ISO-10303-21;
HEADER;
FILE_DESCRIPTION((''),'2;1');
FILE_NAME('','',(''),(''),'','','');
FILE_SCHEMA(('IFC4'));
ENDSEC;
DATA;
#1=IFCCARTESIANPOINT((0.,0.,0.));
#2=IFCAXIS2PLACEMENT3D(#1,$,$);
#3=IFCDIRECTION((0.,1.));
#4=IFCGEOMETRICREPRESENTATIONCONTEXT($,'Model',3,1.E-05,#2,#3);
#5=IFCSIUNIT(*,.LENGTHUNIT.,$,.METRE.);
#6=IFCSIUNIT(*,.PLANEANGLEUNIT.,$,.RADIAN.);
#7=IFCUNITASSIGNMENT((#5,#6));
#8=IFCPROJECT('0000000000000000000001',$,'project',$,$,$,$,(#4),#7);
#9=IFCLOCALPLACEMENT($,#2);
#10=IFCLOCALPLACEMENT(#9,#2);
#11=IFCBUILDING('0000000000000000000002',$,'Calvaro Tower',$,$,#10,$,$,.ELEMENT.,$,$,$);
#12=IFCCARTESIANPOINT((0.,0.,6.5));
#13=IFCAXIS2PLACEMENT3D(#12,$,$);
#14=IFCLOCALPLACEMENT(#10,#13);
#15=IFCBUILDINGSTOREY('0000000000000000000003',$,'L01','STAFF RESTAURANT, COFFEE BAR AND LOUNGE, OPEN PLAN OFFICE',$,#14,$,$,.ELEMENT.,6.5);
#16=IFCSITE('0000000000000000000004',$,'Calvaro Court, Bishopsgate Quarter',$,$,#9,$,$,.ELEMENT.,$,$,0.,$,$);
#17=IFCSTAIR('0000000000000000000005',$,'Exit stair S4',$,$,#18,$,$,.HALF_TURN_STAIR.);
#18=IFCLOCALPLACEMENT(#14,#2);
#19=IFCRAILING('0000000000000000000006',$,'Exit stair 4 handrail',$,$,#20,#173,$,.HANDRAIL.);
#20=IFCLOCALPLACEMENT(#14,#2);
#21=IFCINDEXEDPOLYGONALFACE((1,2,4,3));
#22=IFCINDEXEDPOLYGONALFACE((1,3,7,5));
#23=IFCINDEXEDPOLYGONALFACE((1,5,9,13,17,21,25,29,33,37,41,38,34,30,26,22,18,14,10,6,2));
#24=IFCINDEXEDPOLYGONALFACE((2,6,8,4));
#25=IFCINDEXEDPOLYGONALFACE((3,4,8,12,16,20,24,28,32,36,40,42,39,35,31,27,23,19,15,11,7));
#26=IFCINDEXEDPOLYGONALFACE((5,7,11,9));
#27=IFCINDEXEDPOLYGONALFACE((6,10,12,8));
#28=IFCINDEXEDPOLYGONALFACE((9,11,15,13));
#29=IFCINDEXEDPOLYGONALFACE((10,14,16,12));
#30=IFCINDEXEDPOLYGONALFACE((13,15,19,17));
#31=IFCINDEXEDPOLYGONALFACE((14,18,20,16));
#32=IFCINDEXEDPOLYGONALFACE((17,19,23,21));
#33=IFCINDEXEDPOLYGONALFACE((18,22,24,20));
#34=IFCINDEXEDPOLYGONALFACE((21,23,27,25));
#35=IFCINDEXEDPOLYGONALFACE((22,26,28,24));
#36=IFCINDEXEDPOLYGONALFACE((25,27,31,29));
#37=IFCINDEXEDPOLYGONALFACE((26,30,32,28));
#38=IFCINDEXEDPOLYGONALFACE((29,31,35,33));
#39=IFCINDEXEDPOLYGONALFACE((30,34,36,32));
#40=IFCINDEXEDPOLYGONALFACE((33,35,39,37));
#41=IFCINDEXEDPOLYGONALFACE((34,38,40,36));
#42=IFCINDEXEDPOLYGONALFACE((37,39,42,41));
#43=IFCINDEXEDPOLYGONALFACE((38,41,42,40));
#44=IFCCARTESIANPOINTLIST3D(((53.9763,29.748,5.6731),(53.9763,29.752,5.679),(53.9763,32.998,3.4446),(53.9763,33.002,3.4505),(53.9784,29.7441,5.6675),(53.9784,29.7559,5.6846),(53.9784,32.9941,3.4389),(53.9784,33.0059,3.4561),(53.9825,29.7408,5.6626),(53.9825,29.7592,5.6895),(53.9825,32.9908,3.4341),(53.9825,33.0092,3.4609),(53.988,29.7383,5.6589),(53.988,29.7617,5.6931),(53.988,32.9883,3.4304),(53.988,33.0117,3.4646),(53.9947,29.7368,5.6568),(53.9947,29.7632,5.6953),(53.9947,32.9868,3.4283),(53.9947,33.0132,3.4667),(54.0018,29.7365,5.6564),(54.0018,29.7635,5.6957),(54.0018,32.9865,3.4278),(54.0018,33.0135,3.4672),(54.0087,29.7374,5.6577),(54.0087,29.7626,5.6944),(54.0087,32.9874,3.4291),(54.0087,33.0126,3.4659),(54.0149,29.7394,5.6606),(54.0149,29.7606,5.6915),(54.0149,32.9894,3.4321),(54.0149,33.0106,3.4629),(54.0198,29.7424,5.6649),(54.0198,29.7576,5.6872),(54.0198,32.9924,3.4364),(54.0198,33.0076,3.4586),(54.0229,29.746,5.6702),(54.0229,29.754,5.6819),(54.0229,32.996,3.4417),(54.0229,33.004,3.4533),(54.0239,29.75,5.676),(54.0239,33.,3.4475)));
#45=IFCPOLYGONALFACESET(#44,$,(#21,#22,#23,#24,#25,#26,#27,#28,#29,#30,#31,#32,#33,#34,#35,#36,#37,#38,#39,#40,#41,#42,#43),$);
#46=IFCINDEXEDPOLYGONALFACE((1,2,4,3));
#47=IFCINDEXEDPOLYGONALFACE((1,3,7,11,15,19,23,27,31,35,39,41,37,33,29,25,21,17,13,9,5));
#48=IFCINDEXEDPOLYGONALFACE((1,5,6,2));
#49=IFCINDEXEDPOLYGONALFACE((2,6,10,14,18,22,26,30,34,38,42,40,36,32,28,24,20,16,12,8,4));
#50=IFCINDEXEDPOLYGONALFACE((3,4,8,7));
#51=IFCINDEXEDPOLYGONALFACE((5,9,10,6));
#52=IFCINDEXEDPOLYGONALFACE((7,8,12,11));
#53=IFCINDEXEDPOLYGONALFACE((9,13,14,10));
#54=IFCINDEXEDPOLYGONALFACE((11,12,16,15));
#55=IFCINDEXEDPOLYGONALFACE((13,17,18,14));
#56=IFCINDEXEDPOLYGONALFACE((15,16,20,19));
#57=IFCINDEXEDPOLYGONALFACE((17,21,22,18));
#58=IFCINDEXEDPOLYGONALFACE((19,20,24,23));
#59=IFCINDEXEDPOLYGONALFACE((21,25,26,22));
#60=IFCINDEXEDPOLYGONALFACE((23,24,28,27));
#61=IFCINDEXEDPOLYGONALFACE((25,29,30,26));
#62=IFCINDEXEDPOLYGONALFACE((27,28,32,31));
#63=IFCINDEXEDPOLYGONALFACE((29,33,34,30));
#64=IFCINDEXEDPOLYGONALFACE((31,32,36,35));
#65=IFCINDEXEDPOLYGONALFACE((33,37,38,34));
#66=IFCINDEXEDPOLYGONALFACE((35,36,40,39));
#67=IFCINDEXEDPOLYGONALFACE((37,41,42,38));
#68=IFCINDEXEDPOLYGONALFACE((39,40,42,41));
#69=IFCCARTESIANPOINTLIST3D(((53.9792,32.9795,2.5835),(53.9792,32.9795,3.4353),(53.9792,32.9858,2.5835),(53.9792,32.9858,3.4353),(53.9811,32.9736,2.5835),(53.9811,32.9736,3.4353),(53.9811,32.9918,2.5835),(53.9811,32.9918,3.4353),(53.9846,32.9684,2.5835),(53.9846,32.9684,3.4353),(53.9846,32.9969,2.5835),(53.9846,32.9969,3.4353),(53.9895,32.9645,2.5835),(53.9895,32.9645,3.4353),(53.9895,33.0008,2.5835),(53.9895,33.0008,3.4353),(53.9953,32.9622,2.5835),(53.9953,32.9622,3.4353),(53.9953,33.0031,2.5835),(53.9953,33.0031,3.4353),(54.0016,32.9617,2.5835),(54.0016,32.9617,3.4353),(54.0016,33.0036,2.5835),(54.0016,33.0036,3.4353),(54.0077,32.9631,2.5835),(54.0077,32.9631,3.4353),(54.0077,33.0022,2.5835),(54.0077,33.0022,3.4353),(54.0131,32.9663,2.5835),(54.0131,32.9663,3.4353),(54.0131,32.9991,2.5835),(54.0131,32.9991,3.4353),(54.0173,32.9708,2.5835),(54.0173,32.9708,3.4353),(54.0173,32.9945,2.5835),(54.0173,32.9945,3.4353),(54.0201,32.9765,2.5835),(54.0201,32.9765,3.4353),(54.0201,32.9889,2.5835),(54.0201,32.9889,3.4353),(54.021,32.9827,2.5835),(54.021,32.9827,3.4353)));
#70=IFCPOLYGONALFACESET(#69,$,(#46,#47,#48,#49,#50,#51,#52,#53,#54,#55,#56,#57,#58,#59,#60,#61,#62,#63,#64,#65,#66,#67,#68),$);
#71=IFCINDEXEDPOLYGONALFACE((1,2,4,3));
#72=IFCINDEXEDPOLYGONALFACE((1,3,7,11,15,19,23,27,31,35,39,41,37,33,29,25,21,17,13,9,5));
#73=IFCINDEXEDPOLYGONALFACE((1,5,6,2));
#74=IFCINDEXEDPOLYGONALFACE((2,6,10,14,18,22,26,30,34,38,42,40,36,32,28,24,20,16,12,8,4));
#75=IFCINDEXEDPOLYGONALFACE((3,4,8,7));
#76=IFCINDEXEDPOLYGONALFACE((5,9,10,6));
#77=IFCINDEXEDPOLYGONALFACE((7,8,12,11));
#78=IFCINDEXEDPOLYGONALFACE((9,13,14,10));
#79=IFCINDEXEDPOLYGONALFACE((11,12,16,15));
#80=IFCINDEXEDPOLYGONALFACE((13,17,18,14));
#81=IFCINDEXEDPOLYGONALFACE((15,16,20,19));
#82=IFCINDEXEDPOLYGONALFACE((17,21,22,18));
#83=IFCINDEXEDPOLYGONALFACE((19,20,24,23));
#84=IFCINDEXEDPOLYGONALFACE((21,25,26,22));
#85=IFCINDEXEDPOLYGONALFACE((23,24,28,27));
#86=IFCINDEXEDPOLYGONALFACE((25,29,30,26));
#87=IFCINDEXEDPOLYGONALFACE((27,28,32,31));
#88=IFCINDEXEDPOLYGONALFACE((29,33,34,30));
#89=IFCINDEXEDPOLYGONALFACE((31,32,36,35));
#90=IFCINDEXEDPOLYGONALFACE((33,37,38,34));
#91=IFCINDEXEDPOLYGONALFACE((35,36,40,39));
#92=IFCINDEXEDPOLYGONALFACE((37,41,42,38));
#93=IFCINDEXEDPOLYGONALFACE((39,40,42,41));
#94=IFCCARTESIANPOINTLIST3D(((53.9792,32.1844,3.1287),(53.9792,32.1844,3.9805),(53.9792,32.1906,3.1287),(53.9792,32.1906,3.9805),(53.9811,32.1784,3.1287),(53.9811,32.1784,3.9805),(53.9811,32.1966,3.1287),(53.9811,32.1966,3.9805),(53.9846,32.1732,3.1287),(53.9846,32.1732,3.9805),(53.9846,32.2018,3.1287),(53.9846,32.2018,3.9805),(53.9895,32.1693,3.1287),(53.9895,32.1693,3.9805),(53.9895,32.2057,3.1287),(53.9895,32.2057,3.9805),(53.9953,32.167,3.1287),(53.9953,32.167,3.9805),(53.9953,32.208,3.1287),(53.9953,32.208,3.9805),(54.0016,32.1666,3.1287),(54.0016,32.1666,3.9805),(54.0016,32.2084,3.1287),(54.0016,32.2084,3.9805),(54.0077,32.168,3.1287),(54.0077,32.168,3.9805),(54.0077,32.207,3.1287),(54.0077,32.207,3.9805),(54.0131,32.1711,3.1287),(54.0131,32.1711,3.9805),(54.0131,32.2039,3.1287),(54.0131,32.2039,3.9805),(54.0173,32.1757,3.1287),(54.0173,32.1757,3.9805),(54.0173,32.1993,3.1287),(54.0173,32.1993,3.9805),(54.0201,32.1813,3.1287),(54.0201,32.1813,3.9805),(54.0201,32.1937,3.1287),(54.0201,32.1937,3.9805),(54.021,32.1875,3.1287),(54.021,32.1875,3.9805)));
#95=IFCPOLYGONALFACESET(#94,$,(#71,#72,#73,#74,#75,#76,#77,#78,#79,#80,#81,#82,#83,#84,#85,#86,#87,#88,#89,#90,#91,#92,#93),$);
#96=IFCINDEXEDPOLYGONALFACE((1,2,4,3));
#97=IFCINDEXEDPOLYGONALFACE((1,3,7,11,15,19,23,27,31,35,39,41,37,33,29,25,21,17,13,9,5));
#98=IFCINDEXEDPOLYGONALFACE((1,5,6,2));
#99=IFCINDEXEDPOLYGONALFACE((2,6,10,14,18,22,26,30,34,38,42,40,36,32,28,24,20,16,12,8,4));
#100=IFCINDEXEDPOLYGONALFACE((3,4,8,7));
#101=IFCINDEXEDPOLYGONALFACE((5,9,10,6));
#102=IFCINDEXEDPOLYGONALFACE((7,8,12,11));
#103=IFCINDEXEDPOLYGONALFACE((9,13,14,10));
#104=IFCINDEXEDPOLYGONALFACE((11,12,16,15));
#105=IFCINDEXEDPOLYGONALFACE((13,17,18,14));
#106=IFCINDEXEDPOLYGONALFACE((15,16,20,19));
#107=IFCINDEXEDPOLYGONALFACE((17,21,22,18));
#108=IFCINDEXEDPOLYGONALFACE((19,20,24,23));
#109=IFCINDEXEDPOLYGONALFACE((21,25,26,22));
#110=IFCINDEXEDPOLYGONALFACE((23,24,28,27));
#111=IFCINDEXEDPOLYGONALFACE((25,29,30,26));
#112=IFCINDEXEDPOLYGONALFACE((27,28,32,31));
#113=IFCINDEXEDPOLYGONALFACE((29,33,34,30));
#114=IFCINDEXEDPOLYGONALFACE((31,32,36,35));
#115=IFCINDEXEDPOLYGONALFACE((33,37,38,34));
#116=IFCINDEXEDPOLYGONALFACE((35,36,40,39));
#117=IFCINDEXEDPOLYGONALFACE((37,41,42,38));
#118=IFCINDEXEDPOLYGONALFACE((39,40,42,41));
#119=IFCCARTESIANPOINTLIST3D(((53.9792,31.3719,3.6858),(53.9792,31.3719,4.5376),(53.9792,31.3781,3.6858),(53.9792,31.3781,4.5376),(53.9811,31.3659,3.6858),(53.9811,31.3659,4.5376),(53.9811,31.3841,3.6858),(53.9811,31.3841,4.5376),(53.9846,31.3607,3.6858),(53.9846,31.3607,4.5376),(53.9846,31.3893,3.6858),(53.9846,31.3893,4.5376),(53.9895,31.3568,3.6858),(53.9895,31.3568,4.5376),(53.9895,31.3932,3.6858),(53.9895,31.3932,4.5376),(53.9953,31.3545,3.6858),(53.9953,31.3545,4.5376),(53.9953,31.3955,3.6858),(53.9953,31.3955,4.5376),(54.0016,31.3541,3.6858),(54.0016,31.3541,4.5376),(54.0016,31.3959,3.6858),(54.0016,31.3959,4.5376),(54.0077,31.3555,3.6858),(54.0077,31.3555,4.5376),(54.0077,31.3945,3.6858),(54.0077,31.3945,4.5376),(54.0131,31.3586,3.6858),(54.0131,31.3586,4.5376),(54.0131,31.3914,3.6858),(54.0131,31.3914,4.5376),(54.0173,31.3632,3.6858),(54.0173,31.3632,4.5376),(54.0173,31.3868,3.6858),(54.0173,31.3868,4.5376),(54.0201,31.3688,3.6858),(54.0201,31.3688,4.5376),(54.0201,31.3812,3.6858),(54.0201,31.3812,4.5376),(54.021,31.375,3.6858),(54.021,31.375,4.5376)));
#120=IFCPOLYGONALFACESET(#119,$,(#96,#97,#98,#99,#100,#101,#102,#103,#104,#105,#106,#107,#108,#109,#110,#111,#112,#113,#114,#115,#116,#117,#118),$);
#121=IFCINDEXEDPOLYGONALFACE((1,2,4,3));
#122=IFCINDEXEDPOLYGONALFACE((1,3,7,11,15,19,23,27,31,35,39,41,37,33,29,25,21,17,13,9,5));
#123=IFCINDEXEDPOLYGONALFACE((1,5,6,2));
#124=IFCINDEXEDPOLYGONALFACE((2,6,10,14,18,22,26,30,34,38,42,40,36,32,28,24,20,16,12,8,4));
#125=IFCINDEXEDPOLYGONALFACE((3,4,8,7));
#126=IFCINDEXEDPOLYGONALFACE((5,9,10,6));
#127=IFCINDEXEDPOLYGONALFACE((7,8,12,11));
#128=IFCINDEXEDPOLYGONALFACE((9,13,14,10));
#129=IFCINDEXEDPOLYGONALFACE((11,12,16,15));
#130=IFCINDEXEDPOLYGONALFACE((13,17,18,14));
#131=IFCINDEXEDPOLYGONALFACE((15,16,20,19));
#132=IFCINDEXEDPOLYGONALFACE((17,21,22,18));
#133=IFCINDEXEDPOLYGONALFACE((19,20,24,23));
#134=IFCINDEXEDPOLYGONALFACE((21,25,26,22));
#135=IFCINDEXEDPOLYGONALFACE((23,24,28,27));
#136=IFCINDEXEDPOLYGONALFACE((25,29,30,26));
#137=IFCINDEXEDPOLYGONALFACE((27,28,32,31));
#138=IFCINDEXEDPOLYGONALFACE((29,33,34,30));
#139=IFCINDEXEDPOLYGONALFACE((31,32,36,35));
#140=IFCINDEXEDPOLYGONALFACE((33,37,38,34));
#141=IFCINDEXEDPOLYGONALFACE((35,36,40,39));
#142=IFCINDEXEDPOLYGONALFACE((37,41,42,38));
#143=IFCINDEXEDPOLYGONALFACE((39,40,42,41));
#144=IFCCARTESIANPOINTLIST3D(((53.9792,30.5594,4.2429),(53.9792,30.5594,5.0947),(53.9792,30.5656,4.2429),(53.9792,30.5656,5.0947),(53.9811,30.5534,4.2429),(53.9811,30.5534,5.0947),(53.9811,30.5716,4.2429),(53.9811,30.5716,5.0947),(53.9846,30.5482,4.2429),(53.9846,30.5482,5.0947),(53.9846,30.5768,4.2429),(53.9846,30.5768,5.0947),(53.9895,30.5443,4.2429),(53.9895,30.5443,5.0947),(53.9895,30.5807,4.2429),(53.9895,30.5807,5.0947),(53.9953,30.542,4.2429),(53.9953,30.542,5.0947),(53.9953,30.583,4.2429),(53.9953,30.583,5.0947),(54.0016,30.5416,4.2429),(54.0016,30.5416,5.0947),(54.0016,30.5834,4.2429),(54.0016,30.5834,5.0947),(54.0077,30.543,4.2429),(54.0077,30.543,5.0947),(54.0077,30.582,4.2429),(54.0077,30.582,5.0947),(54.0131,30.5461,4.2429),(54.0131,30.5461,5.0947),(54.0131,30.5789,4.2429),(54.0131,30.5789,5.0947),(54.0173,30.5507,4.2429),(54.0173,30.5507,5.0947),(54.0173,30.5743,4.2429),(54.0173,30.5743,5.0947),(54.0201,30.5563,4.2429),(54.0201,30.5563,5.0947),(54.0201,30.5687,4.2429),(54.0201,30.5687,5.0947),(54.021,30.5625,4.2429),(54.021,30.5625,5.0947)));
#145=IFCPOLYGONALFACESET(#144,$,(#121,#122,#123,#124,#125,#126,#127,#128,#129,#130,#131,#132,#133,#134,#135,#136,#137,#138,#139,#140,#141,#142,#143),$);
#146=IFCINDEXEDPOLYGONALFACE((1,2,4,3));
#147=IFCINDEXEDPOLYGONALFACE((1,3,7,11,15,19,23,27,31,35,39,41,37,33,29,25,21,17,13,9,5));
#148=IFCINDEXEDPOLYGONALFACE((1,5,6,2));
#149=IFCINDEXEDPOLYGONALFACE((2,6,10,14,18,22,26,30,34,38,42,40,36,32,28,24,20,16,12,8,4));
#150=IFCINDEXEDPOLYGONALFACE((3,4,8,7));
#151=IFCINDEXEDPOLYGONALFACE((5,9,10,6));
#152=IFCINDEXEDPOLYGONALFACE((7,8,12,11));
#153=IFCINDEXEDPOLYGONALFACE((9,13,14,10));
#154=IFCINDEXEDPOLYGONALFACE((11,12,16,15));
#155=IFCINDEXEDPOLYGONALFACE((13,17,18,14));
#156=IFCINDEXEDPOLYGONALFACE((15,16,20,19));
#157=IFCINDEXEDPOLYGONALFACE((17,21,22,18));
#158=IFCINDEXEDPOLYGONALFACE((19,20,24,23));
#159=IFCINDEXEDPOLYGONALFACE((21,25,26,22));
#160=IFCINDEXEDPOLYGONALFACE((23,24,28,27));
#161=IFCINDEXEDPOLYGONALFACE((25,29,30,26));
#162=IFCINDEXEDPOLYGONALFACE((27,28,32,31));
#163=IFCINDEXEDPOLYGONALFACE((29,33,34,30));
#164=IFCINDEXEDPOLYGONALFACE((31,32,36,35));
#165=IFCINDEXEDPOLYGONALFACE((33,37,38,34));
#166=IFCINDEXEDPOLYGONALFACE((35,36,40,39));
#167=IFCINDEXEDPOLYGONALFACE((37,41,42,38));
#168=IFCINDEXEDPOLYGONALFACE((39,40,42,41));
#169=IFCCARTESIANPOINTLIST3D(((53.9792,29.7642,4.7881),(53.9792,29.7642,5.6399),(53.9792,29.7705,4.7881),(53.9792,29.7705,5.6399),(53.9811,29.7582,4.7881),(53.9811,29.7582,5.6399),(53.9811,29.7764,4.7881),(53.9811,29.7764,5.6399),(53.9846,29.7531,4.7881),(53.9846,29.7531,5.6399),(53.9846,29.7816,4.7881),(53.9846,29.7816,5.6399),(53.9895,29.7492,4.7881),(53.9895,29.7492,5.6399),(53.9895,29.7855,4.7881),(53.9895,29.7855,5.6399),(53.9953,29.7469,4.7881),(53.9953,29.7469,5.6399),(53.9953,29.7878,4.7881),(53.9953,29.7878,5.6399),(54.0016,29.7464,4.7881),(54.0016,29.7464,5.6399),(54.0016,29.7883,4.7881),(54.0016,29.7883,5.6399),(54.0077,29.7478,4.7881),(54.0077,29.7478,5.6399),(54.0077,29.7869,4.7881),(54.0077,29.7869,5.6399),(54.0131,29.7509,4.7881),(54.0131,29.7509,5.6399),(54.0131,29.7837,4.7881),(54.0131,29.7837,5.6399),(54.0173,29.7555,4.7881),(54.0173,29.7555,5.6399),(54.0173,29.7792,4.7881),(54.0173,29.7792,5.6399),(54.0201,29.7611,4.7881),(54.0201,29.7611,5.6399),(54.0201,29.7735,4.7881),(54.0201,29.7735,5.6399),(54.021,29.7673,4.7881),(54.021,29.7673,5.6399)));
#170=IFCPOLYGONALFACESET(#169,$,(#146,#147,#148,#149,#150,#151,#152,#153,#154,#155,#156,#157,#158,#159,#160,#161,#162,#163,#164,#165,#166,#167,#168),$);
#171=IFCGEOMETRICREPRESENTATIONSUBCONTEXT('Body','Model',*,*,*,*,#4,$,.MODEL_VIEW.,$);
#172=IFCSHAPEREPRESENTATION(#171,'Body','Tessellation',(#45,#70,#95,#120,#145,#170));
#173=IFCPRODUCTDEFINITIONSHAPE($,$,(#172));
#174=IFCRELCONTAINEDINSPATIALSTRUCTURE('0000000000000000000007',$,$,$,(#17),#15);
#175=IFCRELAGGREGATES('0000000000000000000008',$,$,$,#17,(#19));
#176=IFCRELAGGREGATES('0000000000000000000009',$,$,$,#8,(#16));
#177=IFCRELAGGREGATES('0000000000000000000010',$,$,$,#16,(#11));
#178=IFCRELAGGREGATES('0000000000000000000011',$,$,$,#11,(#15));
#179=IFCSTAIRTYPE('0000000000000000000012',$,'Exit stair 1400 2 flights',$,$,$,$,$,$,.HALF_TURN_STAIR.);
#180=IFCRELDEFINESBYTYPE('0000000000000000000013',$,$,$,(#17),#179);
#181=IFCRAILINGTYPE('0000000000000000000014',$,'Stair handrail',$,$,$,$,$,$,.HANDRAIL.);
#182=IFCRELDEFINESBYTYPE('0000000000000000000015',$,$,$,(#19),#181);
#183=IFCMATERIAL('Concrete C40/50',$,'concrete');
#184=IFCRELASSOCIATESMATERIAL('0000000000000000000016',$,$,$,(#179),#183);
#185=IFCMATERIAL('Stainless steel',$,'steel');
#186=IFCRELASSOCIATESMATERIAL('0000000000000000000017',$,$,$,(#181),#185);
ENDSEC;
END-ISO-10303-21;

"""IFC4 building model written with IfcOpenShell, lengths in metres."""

from ifc_helpers import new_model, si_unit, direction, frame, origin, origin_2d, place, context, subcontext, project, spatial, circle, extrude, material, type_object, element, aggregate, save


model = new_model("IFC4")

# Units and contexts
model_context = context("Model", 3, precision=1e-05, world=origin(), true_north=direction((0.0, 1.0)))
body_context = subcontext(model_context, "Body", "Model", "MODEL_VIEW")
ifc_project = project(units=[si_unit("LENGTHUNIT", "METRE"), si_unit("PLANEANGLEUNIT", "RADIAN")], contexts=[model_context])

# Site, building, storey
site_placement = place(None, origin())
site = spatial("IfcSite", under=ifc_project, at=site_placement, Name="Calvaro Court, Bishopsgate Quarter", CompositionType="ELEMENT", RefElevation=0.0)
building_placement = place(site_placement, origin())
building = spatial("IfcBuilding", under=site, at=building_placement, Name="Calvaro Tower", CompositionType="ELEMENT")
storey_placement = place(building_placement, frame((0.0, 0.0, 6.5)))
storey = spatial("IfcBuildingStorey", under=building, at=storey_placement, Name="L01", Description="STAFF RESTAURANT, COFFEE BAR AND LOUNGE, OPEN PLAN OFFICE", CompositionType="ELEMENT", Elevation=6.5)

# Stair, railing
ifc_material_1 = material(Name="Concrete C40/50", Category="concrete")
stair_type = type_object("IfcStairType", Name="Exit stair 1400 2 flights", PredefinedType="HALF_TURN_STAIR", material=ifc_material_1)
stair_placement = place(storey_placement, origin())
stair = element("IfcStair", 1, at=stair_placement, inside=storey, type_object=stair_type, Name="Exit stair S4", PredefinedType="HALF_TURN_STAIR")
ifc_material_2 = material(Name="Stainless steel", Category="steel")
railing_type = type_object("IfcRailingType", Name="Stair handrail", PredefinedType="HANDRAIL", material=ifc_material_2)
railing_1_placement = place(storey_placement, frame((54.0, 33.0, 2.5715)))
railing_1 = element("IfcRailing", 2, at=railing_1_placement, type_object=railing_type, Name="Exit stair 4 handrail", PredefinedType="HANDRAIL", context=body_context, shape_type="SweptSolid", body=[
    extrude(circle(Radius=0.0239, at=origin_2d()), frame((0.0, 0.0, 0.876), z_axis=(0.0, -0.824735, 0.565519), x_axis=(1.0, 0.0, 0.0)), (0.0, 0.0, 1.0), 3.9407),
    extrude(circle(Radius=0.021, at=origin_2d()), frame((0.0, -0.0173, 0.012)), (0.0, 0.0, 1.0), 0.8518),
    extrude(circle(Radius=0.021, at=origin_2d()), frame((0.0, -0.8125, 0.5571)), (0.0, 0.0, 1.0), 0.8518),
    extrude(circle(Radius=0.021, at=origin_2d()), frame((0.0, -1.625, 1.1143)), (0.0, 0.0, 1.0), 0.8518),
    extrude(circle(Radius=0.021, at=origin_2d()), frame((0.0, -2.4375, 1.6714)), (0.0, 0.0, 1.0), 0.8518),
    extrude(circle(Radius=0.021, at=origin_2d()), frame((0.0, -3.2327, 2.2166)), (0.0, 0.0, 1.0), 0.8518),
])
aggregate(stair, [railing_1])

save(model, "model.ifc")
